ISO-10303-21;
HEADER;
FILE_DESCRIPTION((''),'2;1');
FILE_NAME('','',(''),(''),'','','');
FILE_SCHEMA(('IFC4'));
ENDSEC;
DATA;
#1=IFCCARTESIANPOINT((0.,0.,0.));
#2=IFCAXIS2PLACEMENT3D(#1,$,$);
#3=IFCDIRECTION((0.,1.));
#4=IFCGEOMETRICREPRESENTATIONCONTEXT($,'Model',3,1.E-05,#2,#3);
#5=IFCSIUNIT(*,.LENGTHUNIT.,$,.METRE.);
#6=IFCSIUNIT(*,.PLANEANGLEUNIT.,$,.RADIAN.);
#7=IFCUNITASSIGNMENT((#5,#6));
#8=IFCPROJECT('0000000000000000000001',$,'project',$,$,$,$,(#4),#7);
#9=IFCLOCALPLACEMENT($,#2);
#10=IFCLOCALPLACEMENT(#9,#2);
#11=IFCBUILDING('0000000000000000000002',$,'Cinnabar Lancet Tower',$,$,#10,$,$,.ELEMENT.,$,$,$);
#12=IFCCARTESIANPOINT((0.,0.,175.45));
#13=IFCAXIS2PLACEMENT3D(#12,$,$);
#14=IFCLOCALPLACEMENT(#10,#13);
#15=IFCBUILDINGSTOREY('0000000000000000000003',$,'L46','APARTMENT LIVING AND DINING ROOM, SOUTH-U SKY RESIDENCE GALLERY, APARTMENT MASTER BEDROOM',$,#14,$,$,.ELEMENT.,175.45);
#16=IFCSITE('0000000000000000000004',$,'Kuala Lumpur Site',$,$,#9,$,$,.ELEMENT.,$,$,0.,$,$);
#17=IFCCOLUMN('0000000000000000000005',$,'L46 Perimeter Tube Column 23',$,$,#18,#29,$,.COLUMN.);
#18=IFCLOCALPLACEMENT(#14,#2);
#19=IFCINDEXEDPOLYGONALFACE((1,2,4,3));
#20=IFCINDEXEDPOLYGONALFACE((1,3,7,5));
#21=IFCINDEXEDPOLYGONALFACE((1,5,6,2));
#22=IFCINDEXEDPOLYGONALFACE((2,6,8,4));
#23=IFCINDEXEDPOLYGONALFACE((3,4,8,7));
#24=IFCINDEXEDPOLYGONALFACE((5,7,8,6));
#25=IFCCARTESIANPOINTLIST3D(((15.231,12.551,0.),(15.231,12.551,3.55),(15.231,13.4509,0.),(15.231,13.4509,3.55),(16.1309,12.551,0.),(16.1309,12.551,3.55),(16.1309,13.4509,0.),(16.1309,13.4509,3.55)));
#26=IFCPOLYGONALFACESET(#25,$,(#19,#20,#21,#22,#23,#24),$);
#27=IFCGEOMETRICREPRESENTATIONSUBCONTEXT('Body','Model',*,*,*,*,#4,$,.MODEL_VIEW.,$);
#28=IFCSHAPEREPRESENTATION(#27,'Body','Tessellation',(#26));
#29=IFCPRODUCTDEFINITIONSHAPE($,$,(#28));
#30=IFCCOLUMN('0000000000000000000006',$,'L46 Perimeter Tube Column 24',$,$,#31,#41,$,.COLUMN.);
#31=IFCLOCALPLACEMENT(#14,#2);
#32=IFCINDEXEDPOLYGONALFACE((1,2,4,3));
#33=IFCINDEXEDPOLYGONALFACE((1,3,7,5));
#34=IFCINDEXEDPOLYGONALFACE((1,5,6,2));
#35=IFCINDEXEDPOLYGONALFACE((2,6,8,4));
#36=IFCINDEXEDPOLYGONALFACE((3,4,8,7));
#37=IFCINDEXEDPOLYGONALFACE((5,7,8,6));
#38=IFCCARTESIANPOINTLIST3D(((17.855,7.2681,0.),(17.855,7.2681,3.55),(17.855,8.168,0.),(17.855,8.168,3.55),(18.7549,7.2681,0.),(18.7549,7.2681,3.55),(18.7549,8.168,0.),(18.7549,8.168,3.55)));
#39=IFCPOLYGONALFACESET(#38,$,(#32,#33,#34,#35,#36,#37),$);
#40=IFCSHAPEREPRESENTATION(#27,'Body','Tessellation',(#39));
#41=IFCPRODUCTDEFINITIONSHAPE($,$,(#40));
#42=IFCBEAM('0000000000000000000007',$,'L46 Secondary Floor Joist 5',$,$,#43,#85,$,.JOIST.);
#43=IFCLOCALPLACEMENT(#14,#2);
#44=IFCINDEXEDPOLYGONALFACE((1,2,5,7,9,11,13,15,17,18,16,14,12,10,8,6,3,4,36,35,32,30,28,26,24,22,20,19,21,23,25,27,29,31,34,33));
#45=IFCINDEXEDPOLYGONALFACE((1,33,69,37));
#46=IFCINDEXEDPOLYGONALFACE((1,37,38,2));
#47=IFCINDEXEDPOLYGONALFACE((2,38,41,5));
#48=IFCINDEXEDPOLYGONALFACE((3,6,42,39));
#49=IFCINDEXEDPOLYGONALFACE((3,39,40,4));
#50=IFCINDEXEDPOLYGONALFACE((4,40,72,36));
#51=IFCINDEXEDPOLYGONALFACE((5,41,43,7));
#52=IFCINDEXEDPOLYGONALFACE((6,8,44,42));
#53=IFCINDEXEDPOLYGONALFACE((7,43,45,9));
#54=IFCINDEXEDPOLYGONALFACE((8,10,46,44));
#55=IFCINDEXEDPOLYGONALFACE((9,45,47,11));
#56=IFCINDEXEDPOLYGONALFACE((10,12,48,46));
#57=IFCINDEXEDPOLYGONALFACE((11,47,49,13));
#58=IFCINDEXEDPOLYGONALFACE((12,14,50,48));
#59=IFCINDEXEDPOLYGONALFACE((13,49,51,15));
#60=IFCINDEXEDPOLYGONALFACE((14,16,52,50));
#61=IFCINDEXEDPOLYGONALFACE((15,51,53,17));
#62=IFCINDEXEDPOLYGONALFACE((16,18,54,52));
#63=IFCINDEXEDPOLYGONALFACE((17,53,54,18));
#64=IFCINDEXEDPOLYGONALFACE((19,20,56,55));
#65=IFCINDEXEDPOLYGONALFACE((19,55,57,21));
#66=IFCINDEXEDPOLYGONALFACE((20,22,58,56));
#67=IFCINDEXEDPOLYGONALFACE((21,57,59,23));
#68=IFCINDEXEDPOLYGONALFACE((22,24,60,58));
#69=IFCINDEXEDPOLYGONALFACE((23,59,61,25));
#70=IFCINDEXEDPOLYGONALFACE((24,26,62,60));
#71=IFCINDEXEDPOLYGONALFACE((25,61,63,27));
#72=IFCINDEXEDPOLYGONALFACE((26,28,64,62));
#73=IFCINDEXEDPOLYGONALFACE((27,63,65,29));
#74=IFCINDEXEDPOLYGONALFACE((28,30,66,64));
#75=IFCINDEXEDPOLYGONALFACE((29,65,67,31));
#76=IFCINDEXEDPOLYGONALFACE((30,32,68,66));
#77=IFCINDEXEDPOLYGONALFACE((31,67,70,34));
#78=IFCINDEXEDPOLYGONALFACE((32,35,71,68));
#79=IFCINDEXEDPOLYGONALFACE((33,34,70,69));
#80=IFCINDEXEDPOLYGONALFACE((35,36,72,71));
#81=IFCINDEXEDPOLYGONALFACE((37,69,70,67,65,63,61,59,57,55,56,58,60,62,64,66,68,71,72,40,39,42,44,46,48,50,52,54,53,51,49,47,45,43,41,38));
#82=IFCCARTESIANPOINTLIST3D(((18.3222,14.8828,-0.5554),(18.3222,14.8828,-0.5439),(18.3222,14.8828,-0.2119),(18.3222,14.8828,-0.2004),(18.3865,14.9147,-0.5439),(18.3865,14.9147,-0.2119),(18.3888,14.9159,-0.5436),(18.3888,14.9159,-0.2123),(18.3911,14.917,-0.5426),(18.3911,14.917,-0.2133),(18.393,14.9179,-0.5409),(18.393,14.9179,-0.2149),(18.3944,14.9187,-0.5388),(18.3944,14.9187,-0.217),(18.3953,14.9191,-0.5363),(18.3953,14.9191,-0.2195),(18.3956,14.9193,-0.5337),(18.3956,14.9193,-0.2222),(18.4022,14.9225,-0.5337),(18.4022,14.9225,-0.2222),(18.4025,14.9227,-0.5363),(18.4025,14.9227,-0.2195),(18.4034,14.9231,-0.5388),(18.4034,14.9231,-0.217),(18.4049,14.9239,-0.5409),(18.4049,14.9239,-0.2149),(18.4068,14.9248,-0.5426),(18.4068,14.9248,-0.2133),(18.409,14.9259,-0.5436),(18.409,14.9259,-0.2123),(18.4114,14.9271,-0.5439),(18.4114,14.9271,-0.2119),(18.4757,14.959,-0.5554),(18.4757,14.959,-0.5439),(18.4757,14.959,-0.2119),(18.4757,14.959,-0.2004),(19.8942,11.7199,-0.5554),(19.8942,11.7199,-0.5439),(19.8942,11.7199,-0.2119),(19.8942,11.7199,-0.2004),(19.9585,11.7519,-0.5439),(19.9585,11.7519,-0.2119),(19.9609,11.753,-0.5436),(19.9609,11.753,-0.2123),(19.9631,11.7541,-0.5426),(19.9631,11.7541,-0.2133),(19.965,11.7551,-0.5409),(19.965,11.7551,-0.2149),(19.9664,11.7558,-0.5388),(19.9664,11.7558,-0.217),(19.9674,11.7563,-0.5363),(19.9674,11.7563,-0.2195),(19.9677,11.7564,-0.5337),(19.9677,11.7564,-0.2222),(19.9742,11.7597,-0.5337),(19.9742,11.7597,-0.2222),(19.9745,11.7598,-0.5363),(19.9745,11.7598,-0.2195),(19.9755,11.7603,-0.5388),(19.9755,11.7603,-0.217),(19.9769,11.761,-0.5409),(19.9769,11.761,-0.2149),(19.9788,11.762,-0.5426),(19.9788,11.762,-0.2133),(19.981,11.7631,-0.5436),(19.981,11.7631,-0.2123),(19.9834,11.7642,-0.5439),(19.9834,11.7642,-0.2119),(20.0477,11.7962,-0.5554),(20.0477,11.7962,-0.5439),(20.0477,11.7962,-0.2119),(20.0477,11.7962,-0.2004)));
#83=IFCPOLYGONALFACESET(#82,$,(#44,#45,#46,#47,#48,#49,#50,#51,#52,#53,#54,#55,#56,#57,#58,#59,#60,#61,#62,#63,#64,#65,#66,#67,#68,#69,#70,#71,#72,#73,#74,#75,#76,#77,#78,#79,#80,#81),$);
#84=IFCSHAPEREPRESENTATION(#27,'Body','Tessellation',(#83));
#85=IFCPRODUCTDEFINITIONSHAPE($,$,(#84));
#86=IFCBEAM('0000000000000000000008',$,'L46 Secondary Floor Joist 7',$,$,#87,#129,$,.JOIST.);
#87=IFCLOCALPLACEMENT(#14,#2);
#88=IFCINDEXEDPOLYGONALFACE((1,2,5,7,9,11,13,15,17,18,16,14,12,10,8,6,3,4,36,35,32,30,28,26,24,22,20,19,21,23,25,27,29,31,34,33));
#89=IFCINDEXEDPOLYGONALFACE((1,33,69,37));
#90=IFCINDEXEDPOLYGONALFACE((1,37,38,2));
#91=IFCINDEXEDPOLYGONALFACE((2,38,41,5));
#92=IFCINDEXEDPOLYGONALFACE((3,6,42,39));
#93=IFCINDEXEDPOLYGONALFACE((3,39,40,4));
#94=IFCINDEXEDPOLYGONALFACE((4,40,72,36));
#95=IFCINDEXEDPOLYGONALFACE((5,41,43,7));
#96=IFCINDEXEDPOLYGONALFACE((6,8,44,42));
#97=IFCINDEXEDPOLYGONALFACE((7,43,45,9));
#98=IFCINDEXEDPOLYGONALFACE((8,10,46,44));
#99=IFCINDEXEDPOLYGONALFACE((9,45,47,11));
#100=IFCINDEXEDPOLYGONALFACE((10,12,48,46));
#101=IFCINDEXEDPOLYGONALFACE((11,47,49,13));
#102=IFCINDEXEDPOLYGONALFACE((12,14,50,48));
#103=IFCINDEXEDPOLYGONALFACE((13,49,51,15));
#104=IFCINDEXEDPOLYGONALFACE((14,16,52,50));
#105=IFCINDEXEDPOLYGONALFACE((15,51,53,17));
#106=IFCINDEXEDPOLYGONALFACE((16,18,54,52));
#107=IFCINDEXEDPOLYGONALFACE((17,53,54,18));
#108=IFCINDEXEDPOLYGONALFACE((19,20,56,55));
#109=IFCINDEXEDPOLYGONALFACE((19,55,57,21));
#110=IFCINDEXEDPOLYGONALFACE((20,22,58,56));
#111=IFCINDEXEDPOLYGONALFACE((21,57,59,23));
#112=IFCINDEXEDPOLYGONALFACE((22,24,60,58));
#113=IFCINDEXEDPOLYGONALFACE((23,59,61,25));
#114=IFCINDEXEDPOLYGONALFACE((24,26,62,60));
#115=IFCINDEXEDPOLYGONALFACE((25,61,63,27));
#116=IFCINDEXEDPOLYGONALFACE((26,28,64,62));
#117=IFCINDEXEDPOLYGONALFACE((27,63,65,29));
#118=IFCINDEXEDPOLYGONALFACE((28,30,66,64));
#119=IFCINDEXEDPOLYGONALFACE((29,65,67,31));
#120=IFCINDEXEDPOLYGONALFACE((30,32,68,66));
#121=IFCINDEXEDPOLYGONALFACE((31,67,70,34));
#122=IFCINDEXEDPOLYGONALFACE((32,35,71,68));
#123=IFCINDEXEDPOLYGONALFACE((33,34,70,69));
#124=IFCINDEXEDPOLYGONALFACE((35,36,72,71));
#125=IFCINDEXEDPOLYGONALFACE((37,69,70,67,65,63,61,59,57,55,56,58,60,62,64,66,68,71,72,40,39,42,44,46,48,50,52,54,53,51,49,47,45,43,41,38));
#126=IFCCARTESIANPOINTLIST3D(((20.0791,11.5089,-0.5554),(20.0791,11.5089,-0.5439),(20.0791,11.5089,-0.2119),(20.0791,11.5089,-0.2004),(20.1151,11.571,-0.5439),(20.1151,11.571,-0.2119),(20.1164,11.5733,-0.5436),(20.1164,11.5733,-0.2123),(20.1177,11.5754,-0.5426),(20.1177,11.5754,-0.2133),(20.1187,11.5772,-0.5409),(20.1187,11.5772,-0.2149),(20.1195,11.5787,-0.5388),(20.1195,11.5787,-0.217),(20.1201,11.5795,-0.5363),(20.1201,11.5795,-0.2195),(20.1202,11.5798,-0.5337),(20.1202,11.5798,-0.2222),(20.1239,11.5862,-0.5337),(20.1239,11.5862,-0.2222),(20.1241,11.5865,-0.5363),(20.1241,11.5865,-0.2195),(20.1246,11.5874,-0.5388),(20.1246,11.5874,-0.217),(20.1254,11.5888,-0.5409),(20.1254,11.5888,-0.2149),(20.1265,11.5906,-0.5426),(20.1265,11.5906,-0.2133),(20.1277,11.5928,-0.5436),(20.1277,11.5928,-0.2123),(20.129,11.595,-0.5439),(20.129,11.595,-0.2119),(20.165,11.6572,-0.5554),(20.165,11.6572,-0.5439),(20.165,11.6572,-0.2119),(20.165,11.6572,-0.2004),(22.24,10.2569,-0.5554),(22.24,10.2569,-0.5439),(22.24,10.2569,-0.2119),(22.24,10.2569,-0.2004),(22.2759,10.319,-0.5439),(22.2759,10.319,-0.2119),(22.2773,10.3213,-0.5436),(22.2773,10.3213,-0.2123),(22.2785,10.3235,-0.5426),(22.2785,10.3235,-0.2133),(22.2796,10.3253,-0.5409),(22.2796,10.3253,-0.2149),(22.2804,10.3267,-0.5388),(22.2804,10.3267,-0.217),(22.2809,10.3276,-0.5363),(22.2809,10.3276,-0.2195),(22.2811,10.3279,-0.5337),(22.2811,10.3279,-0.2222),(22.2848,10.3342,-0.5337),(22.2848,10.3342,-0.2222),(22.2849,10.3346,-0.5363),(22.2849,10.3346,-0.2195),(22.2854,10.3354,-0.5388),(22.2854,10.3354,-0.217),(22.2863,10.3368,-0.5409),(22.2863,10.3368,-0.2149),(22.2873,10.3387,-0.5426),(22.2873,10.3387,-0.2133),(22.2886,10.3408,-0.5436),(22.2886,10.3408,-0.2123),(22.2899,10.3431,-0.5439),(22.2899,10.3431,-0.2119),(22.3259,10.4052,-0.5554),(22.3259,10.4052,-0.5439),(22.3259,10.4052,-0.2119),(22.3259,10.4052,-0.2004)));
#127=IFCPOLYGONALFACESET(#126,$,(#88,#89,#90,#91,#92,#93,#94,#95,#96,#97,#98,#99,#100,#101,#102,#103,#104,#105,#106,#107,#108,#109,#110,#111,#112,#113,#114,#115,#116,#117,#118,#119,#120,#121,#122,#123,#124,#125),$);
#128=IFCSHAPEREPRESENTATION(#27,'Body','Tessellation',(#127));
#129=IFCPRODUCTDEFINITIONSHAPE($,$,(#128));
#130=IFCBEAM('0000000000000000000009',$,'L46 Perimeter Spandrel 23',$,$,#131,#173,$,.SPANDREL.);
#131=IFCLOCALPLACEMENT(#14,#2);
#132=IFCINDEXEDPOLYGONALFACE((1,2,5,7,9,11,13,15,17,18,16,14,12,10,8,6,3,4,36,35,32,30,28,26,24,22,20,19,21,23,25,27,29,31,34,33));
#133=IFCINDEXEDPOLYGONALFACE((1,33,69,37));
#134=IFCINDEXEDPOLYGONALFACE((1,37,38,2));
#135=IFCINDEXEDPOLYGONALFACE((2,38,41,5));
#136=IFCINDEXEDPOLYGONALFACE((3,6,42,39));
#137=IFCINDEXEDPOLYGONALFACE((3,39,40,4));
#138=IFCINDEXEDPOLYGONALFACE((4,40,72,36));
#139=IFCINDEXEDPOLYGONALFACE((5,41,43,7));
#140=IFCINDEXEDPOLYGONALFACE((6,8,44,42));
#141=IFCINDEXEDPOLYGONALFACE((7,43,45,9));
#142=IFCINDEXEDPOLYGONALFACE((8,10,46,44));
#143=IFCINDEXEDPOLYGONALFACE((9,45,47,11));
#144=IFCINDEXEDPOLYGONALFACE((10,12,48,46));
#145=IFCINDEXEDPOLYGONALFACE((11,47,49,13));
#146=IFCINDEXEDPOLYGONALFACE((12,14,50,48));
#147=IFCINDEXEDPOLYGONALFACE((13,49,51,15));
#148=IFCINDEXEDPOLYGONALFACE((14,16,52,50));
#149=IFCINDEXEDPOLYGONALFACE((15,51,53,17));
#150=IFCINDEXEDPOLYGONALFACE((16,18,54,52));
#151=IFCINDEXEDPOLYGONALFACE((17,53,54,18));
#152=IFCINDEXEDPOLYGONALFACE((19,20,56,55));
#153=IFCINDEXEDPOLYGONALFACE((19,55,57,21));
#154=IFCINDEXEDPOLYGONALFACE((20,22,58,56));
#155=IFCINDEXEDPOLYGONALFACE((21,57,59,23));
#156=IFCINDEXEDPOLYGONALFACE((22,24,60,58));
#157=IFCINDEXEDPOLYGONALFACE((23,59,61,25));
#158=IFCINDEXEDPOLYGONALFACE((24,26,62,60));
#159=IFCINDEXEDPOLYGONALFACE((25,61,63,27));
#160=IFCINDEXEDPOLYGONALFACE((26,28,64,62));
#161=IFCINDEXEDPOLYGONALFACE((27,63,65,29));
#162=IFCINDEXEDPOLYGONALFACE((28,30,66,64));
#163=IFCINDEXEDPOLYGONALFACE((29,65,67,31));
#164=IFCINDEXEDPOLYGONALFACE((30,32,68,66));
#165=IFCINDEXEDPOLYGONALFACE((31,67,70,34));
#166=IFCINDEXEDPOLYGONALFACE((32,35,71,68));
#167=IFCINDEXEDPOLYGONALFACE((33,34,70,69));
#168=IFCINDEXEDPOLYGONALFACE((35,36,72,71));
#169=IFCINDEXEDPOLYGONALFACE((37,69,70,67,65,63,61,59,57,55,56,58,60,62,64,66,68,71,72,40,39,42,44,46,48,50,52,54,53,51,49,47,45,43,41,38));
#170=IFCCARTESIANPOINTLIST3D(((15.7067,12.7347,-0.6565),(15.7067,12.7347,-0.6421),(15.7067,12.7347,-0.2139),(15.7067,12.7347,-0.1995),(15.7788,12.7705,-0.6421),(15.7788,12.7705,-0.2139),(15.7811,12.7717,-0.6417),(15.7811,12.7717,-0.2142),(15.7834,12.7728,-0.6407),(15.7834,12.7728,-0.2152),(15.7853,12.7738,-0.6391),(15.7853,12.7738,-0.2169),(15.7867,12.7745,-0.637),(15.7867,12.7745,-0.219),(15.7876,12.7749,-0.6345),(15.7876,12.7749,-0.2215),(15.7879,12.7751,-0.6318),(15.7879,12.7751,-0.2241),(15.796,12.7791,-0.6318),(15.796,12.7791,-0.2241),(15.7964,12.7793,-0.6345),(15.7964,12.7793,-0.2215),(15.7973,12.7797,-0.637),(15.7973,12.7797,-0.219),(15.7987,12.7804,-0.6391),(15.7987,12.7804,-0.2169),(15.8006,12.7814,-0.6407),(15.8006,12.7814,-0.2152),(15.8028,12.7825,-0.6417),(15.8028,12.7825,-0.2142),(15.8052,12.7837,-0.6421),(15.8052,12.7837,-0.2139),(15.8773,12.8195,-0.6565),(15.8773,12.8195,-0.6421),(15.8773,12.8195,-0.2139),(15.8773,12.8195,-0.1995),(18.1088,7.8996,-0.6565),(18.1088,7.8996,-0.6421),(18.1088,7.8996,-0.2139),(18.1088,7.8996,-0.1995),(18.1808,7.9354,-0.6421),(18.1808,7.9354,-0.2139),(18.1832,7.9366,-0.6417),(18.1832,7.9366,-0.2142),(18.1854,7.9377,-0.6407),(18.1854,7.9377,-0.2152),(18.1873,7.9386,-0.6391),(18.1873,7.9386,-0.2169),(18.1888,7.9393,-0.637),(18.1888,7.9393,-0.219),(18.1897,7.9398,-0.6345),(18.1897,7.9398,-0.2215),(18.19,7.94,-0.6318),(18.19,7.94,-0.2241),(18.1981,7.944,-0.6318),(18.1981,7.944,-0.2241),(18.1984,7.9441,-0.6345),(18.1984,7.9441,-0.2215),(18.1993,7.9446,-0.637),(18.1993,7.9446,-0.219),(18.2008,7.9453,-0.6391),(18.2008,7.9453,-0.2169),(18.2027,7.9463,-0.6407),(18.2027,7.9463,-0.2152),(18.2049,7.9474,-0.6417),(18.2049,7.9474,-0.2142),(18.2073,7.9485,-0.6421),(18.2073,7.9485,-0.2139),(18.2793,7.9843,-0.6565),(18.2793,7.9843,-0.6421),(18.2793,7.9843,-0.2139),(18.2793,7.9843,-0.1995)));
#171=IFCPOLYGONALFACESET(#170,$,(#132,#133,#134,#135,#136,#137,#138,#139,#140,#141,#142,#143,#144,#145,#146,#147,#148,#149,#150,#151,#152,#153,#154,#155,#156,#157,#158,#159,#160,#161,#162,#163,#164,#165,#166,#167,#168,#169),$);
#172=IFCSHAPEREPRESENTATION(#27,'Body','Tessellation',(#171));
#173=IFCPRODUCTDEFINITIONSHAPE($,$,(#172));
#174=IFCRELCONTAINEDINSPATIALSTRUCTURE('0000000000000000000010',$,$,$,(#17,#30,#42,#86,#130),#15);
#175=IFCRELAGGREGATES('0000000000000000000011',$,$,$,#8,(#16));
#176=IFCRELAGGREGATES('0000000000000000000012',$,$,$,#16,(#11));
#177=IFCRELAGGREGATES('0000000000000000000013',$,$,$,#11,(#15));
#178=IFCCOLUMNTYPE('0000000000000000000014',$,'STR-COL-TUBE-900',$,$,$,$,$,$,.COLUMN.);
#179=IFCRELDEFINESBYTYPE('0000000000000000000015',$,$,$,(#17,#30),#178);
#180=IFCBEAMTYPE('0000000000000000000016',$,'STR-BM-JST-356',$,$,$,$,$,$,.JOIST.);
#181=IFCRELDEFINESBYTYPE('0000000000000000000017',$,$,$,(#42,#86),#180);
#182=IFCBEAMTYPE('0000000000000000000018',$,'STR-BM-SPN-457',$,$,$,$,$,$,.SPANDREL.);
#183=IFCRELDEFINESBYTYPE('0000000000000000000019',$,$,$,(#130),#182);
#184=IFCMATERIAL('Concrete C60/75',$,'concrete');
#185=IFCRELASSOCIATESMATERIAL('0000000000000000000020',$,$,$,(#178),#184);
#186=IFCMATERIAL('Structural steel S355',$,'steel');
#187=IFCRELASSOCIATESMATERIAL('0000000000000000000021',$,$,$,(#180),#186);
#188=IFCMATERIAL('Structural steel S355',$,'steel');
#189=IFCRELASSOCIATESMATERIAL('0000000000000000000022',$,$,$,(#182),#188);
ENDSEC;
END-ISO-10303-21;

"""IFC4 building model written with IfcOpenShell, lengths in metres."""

from ifc_helpers import new_model, si_unit, direction, frame, origin, origin_2d, place, context, subcontext, project, spatial, rectangle, i_section, extrude, material, material_profile, profile_set, type_object, element, save


model = new_model("IFC4")

# Units and contexts
model_context = context("Model", 3, precision=1e-05, world=origin(), true_north=direction((0.0, 1.0)))
body_context = subcontext(model_context, "Body", "Model", "MODEL_VIEW")
ifc_project = project(units=[si_unit("LENGTHUNIT", "METRE"), si_unit("PLANEANGLEUNIT", "RADIAN")], contexts=[model_context])

# Site, building, storey
site_placement = place(None, origin())
site = spatial("IfcSite", under=ifc_project, at=site_placement, Name="Kuala Lumpur Site", CompositionType="ELEMENT", RefElevation=0.0)
building_placement = place(site_placement, origin())
building = spatial("IfcBuilding", under=site, at=building_placement, Name="Cinnabar Lancet Tower", CompositionType="ELEMENT")
storey_placement = place(building_placement, frame((0.0, 0.0, 175.45)))
storey = spatial("IfcBuildingStorey", under=building, at=storey_placement, Name="L46", Description="APARTMENT LIVING AND DINING ROOM, SOUTH-U SKY RESIDENCE GALLERY, APARTMENT MASTER BEDROOM", CompositionType="ELEMENT", Elevation=175.45)

# Columns
ifc_material_1 = material(Name="Concrete C60/75", Category="concrete")
ifc_material_profile_1 = material_profile(ifc_material_1, rectangle(XDim=0.8999, YDim=0.8999, at=origin_2d()), Name="RC-COL 900x900")
ifc_profile_set_1 = profile_set([ifc_material_profile_1], Name="Concrete C60/75")
column_type = type_object("IfcColumnType", Name="STR-COL-TUBE-900", PredefinedType="COLUMN", material=ifc_profile_set_1)
for number, where, z_axis, x_axis, name in (
    (1, (15.6809, 13.001, 0.0), (0.0, 0.0, 1.0), (1.0, 0.0, 0.0), "L46 Perimeter Tube Column 23"),
    (2, (18.3049, 7.718, 0.0), (0.0, 0.0, 1.0), (1.0, 0.0, 0.0), "L46 Perimeter Tube Column 24"),
):
    element("IfcColumn", number, at=place(storey_placement, frame(where, z_axis=z_axis, x_axis=x_axis)), inside=storey, type_object=column_type, Name=name, PredefinedType="COLUMN", context=body_context, shape_type="SweptSolid", body=[
        extrude(rectangle(XDim=0.8999, YDim=0.8999, at=origin_2d()), origin(), (0.0, 0.0, 1.0), 3.55),
    ])

# Beams
ifc_material_2 = material(Name="Structural steel S355", Category="steel")
ifc_material_profile_2 = material_profile(ifc_material_2, i_section(OverallWidth=0.1714, OverallDepth=0.355, WebThickness=0.0073, FlangeThickness=0.0115, FilletRadius=0.0103, at=origin_2d()), Name="UKB 356x171x51")
ifc_profile_set_2 = profile_set([ifc_material_profile_2], Name="Structural steel S355")
beam_type_1 = type_object("IfcBeamType", Name="STR-BM-JST-356", PredefinedType="JOIST", material=ifc_profile_set_2)
beam_1_placement = place(storey_placement, frame((18.3989, 14.9209, -0.3779), z_axis=(0.445083, -0.895489, 0.0), x_axis=(0.895489, 0.445083, 0.0)))
element("IfcBeam", 3, at=beam_1_placement, inside=storey, type_object=beam_type_1, Name="L46 Secondary Floor Joist 5", PredefinedType="JOIST", context=body_context, shape_type="SweptSolid", body=[
    extrude(i_section(OverallWidth=0.1714, OverallDepth=0.355, WebThickness=0.0073, FlangeThickness=0.0115, FilletRadius=0.0103, at=origin_2d()), origin(), (0.0, 0.0, 1.0), 3.532),
])
beam_2_placement = place(storey_placement, frame((20.1221, 11.583, -0.3779), z_axis=(0.865268, -0.50131, 0.0), x_axis=(0.50131, 0.865268, 0.0)))
element("IfcBeam", 4, at=beam_2_placement, inside=storey, type_object=beam_type_1, Name="L46 Secondary Floor Joist 7", PredefinedType="JOIST", context=body_context, shape_type="SweptSolid", body=[
    extrude(i_section(OverallWidth=0.1714, OverallDepth=0.355, WebThickness=0.0073, FlangeThickness=0.0115, FilletRadius=0.0103, at=origin_2d()), origin(), (0.0, 0.0, 1.0), 2.4973),
])
ifc_material_3 = material(Name="Structural steel S355", Category="steel")
ifc_material_profile_3 = material_profile(ifc_material_3, i_section(OverallWidth=0.1904, OverallDepth=0.457, WebThickness=0.009, FlangeThickness=0.0144, FilletRadius=0.0103, at=origin_2d()), Name="UKB 457x191x74")
ifc_profile_set_3 = profile_set([ifc_material_profile_3], Name="Structural steel S355")
beam_type_2 = type_object("IfcBeamType", Name="STR-BM-SPN-457", PredefinedType="SPANDREL", material=ifc_profile_set_3)
beam_3_placement = place(storey_placement, frame((15.792, 12.7771, -0.428), z_axis=(0.444915, -0.895573, 0.0), x_axis=(0.895573, 0.444915, 0.0)))
element("IfcBeam", 5, at=beam_3_placement, inside=storey, type_object=beam_type_2, Name="L46 Perimeter Spandrel 23", PredefinedType="SPANDREL", context=body_context, shape_type="SweptSolid", body=[
    extrude(i_section(OverallWidth=0.1904, OverallDepth=0.457, WebThickness=0.009, FlangeThickness=0.0144, FilletRadius=0.0103, at=origin_2d()), origin(), (0.0, 0.0, 1.0), 5.3989),
])

save(model, "model.ifc")
